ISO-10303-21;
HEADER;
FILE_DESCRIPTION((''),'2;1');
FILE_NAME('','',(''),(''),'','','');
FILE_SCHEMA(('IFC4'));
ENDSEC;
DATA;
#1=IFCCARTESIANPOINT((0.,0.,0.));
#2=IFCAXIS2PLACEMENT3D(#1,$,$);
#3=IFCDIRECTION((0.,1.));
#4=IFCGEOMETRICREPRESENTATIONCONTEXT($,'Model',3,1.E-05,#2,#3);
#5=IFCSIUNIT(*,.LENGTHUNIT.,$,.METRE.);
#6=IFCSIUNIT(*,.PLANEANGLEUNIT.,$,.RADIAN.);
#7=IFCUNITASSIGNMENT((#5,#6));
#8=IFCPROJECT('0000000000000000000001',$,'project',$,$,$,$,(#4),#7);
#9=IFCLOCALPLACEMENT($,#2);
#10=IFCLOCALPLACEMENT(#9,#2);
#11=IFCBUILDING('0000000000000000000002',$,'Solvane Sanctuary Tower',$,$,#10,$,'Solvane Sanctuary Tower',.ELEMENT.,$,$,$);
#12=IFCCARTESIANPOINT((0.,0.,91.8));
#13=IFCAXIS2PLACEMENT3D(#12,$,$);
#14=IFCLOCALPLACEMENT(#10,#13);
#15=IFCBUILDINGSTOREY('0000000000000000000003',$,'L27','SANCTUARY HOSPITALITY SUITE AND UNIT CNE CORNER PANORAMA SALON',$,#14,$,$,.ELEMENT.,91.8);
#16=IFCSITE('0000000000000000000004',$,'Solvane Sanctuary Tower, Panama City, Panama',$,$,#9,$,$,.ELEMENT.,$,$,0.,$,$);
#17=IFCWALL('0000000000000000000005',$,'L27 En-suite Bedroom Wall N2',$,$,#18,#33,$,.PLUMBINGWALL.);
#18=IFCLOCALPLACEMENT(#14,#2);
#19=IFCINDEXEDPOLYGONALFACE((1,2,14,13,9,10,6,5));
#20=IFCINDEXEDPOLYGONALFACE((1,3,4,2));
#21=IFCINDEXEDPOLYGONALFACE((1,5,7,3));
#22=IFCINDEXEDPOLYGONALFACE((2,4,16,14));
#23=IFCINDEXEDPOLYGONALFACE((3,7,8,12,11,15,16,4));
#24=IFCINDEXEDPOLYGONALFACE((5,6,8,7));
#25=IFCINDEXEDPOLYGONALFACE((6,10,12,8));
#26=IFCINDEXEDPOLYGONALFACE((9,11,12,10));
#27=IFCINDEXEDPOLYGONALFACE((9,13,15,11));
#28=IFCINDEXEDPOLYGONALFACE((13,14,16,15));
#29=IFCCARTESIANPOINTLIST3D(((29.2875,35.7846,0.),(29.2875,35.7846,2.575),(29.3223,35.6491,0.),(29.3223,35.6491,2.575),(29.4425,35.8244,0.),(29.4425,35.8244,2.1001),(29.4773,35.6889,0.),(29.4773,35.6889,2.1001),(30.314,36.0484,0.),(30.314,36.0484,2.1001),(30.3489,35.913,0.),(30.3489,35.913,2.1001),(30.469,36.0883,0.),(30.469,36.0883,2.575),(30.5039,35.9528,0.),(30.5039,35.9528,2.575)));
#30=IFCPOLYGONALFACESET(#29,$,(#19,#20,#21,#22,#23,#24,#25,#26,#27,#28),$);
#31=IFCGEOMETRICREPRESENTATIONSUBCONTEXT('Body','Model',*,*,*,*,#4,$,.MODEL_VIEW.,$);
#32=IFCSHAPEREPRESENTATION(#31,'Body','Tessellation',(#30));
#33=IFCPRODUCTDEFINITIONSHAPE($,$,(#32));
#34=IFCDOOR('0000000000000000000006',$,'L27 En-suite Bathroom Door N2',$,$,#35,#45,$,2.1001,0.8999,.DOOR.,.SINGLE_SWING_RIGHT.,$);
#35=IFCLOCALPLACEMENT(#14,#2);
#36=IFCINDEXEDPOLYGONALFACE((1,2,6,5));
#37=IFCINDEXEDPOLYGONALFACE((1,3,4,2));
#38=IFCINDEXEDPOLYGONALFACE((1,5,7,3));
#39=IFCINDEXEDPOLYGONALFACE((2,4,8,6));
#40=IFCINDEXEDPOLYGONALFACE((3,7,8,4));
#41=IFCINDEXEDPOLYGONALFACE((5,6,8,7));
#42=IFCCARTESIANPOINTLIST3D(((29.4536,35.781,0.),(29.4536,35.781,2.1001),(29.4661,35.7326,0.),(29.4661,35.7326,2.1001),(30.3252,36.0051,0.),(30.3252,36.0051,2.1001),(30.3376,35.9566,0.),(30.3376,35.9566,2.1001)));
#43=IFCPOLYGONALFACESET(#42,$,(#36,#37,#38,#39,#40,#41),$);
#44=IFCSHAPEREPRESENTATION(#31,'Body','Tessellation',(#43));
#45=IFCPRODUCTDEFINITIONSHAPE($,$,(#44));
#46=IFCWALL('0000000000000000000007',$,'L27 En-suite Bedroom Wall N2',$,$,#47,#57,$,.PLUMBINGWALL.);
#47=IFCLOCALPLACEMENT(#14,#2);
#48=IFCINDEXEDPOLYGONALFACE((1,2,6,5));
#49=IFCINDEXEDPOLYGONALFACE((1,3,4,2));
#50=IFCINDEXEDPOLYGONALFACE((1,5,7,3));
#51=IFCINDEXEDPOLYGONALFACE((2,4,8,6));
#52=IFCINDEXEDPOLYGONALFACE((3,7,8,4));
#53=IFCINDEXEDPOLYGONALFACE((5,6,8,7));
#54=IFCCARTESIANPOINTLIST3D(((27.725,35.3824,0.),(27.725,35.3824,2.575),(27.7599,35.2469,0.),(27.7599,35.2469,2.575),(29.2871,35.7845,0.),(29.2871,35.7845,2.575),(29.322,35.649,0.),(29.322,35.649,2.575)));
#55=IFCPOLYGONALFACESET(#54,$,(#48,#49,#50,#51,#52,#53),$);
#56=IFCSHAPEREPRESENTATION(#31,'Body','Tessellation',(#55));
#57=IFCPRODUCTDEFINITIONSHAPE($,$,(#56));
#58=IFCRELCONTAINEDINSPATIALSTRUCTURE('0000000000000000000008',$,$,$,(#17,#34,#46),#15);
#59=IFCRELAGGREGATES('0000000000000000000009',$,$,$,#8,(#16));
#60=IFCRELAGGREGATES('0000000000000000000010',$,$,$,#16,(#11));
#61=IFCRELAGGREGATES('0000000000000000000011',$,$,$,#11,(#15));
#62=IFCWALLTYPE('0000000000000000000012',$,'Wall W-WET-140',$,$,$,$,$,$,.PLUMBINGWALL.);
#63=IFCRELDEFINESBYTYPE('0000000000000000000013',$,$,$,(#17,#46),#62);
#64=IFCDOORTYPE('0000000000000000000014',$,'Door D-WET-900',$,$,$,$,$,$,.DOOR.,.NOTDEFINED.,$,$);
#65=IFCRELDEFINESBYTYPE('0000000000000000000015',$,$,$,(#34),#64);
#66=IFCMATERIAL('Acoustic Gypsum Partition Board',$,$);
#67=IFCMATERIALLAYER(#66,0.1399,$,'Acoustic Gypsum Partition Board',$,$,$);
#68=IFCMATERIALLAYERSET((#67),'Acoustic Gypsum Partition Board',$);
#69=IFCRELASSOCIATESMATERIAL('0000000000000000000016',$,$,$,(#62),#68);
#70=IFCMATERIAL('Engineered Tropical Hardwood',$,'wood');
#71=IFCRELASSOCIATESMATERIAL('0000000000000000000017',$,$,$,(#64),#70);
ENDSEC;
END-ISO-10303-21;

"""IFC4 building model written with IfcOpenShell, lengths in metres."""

from ifc_helpers import new_model, si_unit, direction, frame, frame_2d, origin, place, context, subcontext, project, spatial, rectangle, extrude, material, layer, layer_set, type_object, element, fill, save


model = new_model("IFC4")

# Units and contexts
model_context = context("Model", 3, precision=1e-05, world=origin(), true_north=direction((0.0, 1.0)))
body_context = subcontext(model_context, "Body", "Model", "MODEL_VIEW")
ifc_project = project(units=[si_unit("LENGTHUNIT", "METRE"), si_unit("PLANEANGLEUNIT", "RADIAN")], contexts=[model_context])

# Site, building, storey
site_placement = place(None, origin())
site = spatial("IfcSite", under=ifc_project, at=site_placement, Name="Solvane Sanctuary Tower, Panama City, Panama", CompositionType="ELEMENT", RefElevation=0.0)
building_placement = place(site_placement, origin())
building = spatial("IfcBuilding", under=site, at=building_placement, Name="Solvane Sanctuary Tower", LongName="Solvane Sanctuary Tower", CompositionType="ELEMENT")
storey_placement = place(building_placement, frame((0.0, 0.0, 91.8)))
storey = spatial("IfcBuildingStorey", under=building, at=storey_placement, Name="L27", Description="SANCTUARY HOSPITALITY SUITE AND UNIT CNE CORNER PANORAMA SALON", CompositionType="ELEMENT", Elevation=91.8)

# Shared definitions
ifc_material_1 = material(Name="Acoustic Gypsum Partition Board")

# Shared definitions
ifc_material_2 = material(Name="Engineered Tropical Hardwood", Category="wood")

# Shared definitions
ifc_layer_1 = layer(ifc_material_1, 0.1399, Name="Acoustic Gypsum Partition Board")
ifc_layer_set_1 = layer_set([ifc_layer_1], Name="Acoustic Gypsum Partition Board")
wall_type_1 = type_object("IfcWallType", Name="Wall W-WET-140", PredefinedType="PLUMBINGWALL", material=ifc_layer_set_1)

# Wall, opening, door
wall_1_placement = place(storey_placement, frame((30.4863, 36.0205, 0.0), z_axis=(0.0, 0.0, 1.0), x_axis=(-0.968521, -0.248934, 0.0)))
wall_1 = element("IfcWall", 1, at=wall_1_placement, inside=storey, type_object=wall_type_1, Name="L27 En-suite Bedroom Wall N2", PredefinedType="PLUMBINGWALL", context=body_context, shape_type="SweptSolid", body=[
    extrude(rectangle(XDim=1.22, YDim=0.1399, at=frame_2d((0.6099, 0.0))), origin(), (0.0, 0.0, 1.0), 2.575),
])
opening_1_placement = place(wall_1_placement, frame((0.1599, 0.0, 0.0)))
opening_1 = element("IfcOpeningElement", 2, at=opening_1_placement, cuts=wall_1, PredefinedType="OPENING", context=body_context, shape_type="SweptSolid", body=[
    extrude(rectangle(XDim=0.8999, YDim=2.1001, at=frame_2d((0.45, 1.05))), frame((0.0, 0.0798, 0.0), z_axis=(0.0, -1.0, 0.0), x_axis=(1.0, 0.0, 0.0)), (0.0, 0.0, 1.0), 0.1599),
])
door_type_1 = type_object("IfcDoorType", Name="Door D-WET-900", OperationType="NOTDEFINED", PredefinedType="DOOR", material=ifc_material_2)
door_1_placement = place(opening_1_placement, origin())
door_1 = element("IfcDoor", 3, at=door_1_placement, inside=storey, type_object=door_type_1, Name="L27 En-suite Bathroom Door N2", OperationType="SINGLE_SWING_RIGHT", OverallHeight=2.1001, OverallWidth=0.8999, PredefinedType="DOOR", context=body_context, shape_type="SweptSolid", body=[
    extrude(rectangle(XDim=0.8999, YDim=2.1001, at=frame_2d((0.45, 1.05))), frame((0.0, 0.0249, 0.0), z_axis=(0.0, -1.0, 0.0), x_axis=(1.0, 0.0, 0.0)), (0.0, 0.0, 1.0), 0.05),
])
fill(opening_1, door_1)

# Wall
wall_2_placement = place(storey_placement, frame((29.3047, 35.7168, 0.0), z_axis=(0.0, 0.0, 1.0), x_axis=(-0.968427, -0.249297, 0.0)))
element("IfcWall", 4, at=wall_2_placement, inside=storey, type_object=wall_type_1, Name="L27 En-suite Bedroom Wall N2", PredefinedType="PLUMBINGWALL", context=body_context, shape_type="SweptSolid", body=[
    extrude(rectangle(XDim=1.613, YDim=0.1399, at=frame_2d((0.8066, 0.0))), origin(), (0.0, 0.0, 1.0), 2.575),
])

save(model, "model.ifc")
